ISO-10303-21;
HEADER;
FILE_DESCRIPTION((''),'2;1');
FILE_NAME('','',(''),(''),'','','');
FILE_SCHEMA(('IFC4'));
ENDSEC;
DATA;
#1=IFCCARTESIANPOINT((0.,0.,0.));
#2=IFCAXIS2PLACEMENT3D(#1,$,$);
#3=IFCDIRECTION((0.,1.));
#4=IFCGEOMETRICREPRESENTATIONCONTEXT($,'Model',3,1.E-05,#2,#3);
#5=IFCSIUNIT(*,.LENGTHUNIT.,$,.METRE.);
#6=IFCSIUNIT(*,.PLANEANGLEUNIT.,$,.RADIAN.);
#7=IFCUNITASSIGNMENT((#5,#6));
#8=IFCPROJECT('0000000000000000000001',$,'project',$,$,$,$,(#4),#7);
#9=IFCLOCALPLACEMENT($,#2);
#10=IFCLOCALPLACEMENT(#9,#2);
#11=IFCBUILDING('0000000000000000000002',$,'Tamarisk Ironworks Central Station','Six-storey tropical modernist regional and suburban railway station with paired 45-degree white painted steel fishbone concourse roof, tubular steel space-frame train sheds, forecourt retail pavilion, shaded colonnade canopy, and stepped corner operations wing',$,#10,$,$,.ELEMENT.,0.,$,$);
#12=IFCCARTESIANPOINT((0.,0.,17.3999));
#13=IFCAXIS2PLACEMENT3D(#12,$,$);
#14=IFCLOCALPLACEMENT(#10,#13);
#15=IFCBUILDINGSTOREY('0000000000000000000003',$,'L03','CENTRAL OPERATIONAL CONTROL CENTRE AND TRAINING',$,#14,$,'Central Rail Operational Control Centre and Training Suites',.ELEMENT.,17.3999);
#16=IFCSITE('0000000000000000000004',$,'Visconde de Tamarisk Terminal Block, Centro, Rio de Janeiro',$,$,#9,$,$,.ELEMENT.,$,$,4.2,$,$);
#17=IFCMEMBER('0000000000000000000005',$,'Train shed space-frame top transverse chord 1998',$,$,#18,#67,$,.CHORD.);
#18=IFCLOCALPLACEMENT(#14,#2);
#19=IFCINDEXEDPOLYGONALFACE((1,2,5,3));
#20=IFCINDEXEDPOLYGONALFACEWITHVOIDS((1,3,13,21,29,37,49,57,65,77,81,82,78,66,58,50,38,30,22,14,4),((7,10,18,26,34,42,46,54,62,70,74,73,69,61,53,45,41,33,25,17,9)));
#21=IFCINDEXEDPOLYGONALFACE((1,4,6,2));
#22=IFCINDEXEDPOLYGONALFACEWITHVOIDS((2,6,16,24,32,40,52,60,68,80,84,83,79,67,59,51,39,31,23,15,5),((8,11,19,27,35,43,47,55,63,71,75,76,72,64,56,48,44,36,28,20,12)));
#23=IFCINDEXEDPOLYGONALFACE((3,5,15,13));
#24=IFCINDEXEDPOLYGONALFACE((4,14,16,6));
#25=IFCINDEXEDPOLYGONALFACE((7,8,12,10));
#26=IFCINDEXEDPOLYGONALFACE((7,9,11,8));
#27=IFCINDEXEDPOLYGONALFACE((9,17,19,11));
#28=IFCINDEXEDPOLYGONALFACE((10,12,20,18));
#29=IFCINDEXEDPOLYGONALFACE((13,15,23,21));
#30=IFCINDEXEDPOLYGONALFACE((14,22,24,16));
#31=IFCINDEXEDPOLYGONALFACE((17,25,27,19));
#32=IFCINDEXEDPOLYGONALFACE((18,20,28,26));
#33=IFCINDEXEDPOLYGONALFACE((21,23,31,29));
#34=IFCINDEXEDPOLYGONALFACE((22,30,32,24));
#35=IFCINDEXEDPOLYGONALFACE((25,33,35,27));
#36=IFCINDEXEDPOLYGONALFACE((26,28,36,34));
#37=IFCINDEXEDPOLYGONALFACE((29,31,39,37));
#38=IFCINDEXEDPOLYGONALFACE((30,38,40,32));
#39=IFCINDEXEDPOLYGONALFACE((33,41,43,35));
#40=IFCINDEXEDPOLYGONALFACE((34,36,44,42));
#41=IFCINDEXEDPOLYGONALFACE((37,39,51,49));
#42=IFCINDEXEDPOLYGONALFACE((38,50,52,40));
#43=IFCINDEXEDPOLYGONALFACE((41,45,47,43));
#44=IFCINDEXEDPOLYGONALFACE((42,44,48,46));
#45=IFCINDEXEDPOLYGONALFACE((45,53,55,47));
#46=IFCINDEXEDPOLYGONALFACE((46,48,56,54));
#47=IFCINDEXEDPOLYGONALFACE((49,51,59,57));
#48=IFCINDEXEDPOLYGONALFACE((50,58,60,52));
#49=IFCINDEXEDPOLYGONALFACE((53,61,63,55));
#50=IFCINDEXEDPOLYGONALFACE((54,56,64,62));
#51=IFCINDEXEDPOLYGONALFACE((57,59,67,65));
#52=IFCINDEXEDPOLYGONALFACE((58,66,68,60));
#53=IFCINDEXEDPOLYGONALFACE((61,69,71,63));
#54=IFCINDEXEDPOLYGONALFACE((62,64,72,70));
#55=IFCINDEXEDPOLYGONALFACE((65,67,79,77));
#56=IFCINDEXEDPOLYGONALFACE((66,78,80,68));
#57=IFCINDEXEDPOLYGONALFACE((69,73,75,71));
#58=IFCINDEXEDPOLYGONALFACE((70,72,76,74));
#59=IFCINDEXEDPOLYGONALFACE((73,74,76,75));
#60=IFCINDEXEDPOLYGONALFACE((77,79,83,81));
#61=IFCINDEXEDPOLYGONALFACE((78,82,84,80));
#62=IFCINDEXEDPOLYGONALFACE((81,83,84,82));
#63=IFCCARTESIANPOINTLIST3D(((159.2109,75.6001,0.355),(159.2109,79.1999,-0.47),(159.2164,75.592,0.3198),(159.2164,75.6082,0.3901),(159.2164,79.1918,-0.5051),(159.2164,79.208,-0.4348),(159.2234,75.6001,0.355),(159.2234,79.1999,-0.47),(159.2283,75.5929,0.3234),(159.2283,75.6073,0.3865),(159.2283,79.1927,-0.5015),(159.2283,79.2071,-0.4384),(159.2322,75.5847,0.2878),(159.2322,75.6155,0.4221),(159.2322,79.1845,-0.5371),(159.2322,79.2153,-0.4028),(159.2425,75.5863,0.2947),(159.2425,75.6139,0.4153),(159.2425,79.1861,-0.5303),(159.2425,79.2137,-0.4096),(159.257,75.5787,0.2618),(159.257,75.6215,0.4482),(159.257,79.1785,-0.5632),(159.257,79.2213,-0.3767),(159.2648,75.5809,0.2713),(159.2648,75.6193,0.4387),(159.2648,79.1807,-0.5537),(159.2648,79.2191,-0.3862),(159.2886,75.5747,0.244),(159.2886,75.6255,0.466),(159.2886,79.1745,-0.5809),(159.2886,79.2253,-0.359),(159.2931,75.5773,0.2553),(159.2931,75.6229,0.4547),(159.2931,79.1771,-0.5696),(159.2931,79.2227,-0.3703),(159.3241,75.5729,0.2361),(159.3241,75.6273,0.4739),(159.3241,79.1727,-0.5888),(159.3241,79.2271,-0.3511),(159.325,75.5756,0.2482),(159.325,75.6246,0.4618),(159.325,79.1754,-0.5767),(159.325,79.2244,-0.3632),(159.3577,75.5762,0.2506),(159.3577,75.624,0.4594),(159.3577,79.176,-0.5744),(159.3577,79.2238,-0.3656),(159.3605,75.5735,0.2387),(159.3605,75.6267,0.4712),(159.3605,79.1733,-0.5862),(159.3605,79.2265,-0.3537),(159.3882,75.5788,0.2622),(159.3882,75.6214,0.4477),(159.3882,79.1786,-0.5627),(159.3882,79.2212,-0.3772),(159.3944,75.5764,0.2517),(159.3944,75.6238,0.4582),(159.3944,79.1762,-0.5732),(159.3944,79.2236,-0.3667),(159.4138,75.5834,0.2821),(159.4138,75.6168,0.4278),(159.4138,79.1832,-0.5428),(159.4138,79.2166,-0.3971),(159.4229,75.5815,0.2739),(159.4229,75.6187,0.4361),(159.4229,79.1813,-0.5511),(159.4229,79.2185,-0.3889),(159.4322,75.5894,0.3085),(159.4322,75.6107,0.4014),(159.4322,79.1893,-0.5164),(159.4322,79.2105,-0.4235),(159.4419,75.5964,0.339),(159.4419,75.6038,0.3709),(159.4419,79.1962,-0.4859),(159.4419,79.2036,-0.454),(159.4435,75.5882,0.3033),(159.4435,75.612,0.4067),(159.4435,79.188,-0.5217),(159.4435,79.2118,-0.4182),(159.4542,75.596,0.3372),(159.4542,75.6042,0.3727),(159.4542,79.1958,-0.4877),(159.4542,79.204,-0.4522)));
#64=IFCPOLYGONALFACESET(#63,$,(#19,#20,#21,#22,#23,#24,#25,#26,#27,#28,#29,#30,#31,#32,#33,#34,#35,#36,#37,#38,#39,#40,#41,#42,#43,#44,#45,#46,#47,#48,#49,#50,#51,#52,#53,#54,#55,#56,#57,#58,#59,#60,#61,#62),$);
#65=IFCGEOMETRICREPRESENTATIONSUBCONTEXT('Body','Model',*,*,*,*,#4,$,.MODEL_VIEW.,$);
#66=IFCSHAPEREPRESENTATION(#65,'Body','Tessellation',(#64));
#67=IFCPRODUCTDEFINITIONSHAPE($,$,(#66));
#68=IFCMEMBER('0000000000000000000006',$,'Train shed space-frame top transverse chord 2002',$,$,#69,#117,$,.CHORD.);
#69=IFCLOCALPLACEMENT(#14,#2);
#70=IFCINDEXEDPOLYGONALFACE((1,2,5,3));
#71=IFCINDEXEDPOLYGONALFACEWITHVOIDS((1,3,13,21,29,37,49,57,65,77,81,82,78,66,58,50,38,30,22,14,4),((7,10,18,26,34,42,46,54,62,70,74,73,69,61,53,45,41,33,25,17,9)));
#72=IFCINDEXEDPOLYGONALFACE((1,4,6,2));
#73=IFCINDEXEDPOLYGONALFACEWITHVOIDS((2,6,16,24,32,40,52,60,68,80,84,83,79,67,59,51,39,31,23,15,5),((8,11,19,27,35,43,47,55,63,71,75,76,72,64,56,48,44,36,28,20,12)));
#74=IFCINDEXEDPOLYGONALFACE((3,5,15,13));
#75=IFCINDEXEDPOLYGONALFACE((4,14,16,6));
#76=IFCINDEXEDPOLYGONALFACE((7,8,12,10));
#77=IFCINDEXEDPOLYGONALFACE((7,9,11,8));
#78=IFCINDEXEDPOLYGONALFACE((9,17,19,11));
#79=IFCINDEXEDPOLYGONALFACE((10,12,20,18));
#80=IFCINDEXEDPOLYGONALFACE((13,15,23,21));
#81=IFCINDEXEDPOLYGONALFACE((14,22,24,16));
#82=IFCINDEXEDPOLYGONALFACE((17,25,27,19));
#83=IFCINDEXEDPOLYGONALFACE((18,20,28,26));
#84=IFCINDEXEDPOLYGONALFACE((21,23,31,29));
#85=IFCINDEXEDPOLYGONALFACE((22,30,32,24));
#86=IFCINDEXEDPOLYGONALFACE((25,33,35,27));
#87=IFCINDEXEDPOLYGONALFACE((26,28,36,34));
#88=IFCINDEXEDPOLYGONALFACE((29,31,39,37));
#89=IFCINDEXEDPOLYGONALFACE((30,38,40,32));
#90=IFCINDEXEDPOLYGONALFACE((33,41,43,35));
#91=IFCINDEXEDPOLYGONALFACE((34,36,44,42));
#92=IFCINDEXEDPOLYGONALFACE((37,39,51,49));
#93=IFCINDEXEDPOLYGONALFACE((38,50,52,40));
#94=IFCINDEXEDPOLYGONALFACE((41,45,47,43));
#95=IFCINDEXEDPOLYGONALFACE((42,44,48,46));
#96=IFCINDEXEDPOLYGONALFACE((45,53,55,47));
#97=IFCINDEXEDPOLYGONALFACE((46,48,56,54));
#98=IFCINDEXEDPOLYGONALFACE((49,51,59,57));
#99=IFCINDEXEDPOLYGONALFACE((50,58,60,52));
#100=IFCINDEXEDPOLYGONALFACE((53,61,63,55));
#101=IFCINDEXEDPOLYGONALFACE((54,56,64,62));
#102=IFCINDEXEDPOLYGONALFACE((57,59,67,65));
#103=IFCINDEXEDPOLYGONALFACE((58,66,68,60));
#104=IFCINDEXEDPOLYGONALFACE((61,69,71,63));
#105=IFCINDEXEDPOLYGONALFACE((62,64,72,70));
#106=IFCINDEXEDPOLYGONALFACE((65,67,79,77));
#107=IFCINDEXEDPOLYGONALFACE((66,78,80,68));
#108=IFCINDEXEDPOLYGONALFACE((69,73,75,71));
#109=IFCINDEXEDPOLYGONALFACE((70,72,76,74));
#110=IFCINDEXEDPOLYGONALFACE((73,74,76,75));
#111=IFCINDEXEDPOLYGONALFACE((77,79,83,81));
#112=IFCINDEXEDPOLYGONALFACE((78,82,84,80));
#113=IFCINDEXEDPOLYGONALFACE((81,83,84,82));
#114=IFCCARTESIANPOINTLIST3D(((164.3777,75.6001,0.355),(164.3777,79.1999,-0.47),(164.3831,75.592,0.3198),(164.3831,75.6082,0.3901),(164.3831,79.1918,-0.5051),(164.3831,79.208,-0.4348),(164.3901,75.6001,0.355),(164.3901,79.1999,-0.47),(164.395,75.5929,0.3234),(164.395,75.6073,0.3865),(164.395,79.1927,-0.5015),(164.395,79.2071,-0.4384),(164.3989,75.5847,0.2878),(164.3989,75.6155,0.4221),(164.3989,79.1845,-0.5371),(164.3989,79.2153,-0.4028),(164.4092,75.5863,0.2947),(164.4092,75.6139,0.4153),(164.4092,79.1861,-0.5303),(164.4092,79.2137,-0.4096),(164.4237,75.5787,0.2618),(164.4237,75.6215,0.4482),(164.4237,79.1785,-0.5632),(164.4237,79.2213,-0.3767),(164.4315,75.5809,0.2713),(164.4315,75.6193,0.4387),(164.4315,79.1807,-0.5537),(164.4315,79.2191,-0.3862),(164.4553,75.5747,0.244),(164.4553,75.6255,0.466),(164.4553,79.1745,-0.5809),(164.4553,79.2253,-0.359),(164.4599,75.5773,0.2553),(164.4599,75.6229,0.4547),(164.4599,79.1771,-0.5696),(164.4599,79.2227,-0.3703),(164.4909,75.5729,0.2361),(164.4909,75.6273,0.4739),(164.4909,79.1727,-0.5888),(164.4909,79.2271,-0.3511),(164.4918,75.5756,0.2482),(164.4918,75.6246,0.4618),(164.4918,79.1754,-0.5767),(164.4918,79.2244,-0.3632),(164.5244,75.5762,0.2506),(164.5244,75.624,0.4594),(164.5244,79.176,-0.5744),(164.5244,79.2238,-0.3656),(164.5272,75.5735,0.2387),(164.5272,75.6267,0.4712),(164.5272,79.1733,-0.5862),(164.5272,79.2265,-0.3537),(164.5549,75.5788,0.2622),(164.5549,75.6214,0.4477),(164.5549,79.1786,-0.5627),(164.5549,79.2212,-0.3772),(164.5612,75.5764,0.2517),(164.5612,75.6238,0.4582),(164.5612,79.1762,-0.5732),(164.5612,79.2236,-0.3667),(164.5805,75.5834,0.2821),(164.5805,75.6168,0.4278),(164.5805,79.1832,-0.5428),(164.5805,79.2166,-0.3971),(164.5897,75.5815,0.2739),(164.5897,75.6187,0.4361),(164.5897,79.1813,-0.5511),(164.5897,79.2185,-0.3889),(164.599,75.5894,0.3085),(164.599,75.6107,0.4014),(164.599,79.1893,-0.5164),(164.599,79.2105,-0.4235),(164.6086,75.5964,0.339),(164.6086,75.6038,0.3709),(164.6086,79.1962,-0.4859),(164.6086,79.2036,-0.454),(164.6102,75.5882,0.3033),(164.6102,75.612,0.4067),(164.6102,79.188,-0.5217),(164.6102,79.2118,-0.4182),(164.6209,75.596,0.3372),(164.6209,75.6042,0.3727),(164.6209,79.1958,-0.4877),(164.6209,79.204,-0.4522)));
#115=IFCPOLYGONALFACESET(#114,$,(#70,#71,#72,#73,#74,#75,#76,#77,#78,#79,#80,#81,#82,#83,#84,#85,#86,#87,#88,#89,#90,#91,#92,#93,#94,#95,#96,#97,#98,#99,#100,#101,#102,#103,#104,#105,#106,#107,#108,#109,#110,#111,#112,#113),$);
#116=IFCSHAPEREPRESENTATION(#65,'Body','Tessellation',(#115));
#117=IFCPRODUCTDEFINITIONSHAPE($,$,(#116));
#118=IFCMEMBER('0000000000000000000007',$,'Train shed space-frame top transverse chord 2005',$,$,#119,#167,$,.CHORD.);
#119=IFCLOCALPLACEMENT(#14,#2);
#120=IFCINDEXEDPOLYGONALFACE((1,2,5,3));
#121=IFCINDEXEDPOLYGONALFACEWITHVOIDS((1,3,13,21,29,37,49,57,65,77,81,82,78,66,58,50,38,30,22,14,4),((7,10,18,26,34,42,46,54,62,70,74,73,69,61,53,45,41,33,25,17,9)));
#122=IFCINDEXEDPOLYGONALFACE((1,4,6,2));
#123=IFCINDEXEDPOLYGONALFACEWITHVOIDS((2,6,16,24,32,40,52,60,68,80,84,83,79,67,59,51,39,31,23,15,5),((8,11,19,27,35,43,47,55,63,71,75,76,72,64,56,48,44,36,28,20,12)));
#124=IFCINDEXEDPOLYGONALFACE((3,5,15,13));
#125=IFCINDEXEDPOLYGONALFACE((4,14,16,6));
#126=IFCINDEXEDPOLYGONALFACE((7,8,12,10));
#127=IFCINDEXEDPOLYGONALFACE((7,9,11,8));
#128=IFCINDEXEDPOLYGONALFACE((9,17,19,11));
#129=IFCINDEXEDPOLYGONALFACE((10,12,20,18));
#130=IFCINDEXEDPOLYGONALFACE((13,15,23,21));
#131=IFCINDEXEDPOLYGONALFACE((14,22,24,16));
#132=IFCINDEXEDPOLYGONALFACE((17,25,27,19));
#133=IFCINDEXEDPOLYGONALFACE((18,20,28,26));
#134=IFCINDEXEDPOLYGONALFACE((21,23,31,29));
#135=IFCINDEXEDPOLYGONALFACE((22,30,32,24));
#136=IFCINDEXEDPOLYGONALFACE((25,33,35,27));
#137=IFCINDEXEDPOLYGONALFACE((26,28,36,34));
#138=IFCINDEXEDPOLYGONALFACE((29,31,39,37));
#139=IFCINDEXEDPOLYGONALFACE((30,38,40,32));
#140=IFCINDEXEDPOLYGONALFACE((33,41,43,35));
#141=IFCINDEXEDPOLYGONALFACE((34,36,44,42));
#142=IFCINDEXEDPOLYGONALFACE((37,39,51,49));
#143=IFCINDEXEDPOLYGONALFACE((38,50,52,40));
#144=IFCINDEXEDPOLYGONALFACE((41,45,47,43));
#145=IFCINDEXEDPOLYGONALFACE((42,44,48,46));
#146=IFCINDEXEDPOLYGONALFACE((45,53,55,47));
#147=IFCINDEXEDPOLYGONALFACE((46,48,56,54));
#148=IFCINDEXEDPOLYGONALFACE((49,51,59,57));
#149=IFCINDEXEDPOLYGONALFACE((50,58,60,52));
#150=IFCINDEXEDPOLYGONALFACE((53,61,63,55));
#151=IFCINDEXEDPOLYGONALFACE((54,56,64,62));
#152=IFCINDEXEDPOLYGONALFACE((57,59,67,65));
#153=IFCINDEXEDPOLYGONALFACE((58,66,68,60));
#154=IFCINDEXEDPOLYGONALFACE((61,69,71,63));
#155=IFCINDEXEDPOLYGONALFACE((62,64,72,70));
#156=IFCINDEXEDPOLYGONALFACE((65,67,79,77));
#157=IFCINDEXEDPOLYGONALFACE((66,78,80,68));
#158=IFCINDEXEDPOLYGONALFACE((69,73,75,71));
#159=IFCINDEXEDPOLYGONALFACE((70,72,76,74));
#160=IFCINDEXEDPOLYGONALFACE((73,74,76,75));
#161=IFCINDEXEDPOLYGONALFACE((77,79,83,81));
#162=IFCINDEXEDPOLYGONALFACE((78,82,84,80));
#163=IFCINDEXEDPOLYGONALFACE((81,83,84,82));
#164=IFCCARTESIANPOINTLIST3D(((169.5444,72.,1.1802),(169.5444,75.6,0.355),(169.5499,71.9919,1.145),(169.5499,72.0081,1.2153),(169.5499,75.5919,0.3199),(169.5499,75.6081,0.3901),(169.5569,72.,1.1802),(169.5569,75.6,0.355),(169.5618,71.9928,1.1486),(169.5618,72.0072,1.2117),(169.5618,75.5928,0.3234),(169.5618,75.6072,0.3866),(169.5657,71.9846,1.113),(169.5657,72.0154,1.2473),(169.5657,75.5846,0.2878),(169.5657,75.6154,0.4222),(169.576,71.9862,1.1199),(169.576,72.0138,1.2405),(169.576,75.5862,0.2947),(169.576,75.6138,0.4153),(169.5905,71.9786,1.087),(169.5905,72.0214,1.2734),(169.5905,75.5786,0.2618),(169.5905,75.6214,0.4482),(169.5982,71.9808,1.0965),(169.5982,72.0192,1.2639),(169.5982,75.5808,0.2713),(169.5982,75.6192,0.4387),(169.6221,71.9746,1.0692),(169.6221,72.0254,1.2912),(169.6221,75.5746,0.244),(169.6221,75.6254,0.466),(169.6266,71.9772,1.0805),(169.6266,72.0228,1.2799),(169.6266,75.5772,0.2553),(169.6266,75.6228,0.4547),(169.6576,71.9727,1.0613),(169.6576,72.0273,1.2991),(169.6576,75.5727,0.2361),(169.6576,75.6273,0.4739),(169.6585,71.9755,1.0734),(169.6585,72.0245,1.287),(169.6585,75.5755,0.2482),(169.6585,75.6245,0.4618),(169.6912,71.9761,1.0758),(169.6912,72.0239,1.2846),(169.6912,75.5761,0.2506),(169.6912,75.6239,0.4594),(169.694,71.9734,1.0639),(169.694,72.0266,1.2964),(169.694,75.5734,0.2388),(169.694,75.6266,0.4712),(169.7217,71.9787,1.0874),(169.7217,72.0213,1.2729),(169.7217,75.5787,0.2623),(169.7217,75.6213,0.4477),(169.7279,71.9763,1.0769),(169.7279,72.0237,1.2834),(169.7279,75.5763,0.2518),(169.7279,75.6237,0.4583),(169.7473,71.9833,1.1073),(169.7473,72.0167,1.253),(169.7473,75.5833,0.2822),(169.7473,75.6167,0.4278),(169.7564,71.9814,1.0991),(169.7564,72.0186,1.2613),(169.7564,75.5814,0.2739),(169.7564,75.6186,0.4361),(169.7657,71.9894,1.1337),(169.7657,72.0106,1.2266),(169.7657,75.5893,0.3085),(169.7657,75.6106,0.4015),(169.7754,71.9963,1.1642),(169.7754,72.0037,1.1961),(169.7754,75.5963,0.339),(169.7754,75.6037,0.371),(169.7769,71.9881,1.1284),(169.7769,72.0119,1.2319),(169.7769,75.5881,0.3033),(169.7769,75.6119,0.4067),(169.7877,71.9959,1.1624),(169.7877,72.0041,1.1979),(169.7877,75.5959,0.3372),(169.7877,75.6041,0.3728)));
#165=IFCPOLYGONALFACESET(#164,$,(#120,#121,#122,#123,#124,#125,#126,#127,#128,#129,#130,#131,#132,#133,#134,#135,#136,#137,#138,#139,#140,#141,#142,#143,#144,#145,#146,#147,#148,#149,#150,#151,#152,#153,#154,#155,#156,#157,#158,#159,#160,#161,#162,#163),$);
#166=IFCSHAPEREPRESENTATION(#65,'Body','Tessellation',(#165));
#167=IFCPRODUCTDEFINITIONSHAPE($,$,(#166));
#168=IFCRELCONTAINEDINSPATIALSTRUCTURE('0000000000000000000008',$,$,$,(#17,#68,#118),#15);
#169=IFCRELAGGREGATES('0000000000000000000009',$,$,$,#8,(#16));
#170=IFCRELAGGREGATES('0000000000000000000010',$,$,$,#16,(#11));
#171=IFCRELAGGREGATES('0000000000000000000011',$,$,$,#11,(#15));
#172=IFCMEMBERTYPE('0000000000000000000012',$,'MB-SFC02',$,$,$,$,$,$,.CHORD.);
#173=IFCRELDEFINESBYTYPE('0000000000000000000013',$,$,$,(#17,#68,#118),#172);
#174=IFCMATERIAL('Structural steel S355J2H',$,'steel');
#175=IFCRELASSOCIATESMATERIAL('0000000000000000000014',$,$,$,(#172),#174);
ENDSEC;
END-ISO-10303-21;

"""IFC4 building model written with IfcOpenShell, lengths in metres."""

from ifc_helpers import new_model, si_unit, direction, frame, origin, origin_2d, place, context, subcontext, project, spatial, hollow_circle, extrude, material, material_profile, profile_set, type_object, element, save


model = new_model("IFC4")

# Units and contexts
model_context = context("Model", 3, precision=1e-05, world=origin(), true_north=direction((0.0, 1.0)))
body_context = subcontext(model_context, "Body", "Model", "MODEL_VIEW")
ifc_project = project(units=[si_unit("LENGTHUNIT", "METRE"), si_unit("PLANEANGLEUNIT", "RADIAN")], contexts=[model_context])

# Site, building, storey
site_placement = place(None, origin())
site = spatial("IfcSite", under=ifc_project, at=site_placement, Name="Visconde de Tamarisk Terminal Block, Centro, Rio de Janeiro", CompositionType="ELEMENT", RefElevation=4.2)
building_placement = place(site_placement, origin())
building = spatial("IfcBuilding", under=site, at=building_placement, Name="Tamarisk Ironworks Central Station", Description="Six-storey tropical modernist regional and suburban railway station with paired 45-degree white painted steel fishbone concourse roof, tubular steel space-frame train sheds, forecourt retail pavilion, shaded colonnade canopy, and stepped corner operations wing", CompositionType="ELEMENT", ElevationOfRefHeight=0.0)
storey_placement = place(building_placement, frame((0.0, 0.0, 17.3999)))
storey = spatial("IfcBuildingStorey", under=building, at=storey_placement, Name="L03", Description="CENTRAL OPERATIONAL CONTROL CENTRE AND TRAINING", LongName="Central Rail Operational Control Centre and Training Suites", CompositionType="ELEMENT", Elevation=17.3999)

# Members
ifc_material = material(Name="Structural steel S355J2H", Category="steel")
ifc_material_profile_1 = material_profile(ifc_material, hollow_circle(Radius=0.1223, WallThickness=0.0125, at=origin_2d()), Name="CHS 244.5x12.5")
ifc_profile_set_1 = profile_set([ifc_material_profile_1], Name="Structural steel S355J2H")
member_type_1 = type_object("IfcMemberType", Name="MB-SFC02", PredefinedType="CHORD", material=ifc_profile_set_1)
for number, where, z_axis, x_axis, name in (
    (1, (159.3333, 75.6001, 0.355), (0.0, 0.974733, -0.223372), (-1.0, 0.0, 0.0), "Train shed space-frame top transverse chord 1998"),
    (2, (164.5, 75.6001, 0.355), (0.0, 0.974733, -0.223372), (-1.0, 0.0, 0.0), "Train shed space-frame top transverse chord 2002"),
):
    element("IfcMember", number, at=place(storey_placement, frame(where, z_axis=z_axis, x_axis=x_axis)), inside=storey, type_object=member_type_1, Name=name, PredefinedType="CHORD", context=body_context, shape_type="SweptSolid", body=[
        extrude(hollow_circle(Radius=0.1223, WallThickness=0.0125, at=origin_2d()), origin(), (0.0, 0.0, 1.0), 3.6931),
    ])
member_1_placement = place(storey_placement, frame((169.6667, 72.0, 1.1802), z_axis=(0.0, 0.974722, -0.223421), x_axis=(-1.0, 0.0, 0.0)))
element("IfcMember", 3, at=member_1_placement, inside=storey, type_object=member_type_1, Name="Train shed space-frame top transverse chord 2005", PredefinedType="CHORD", context=body_context, shape_type="SweptSolid", body=[
    extrude(hollow_circle(Radius=0.1223, WallThickness=0.0125, at=origin_2d()), origin(), (0.0, 0.0, 1.0), 3.6934),
])

save(model, "model.ifc")
